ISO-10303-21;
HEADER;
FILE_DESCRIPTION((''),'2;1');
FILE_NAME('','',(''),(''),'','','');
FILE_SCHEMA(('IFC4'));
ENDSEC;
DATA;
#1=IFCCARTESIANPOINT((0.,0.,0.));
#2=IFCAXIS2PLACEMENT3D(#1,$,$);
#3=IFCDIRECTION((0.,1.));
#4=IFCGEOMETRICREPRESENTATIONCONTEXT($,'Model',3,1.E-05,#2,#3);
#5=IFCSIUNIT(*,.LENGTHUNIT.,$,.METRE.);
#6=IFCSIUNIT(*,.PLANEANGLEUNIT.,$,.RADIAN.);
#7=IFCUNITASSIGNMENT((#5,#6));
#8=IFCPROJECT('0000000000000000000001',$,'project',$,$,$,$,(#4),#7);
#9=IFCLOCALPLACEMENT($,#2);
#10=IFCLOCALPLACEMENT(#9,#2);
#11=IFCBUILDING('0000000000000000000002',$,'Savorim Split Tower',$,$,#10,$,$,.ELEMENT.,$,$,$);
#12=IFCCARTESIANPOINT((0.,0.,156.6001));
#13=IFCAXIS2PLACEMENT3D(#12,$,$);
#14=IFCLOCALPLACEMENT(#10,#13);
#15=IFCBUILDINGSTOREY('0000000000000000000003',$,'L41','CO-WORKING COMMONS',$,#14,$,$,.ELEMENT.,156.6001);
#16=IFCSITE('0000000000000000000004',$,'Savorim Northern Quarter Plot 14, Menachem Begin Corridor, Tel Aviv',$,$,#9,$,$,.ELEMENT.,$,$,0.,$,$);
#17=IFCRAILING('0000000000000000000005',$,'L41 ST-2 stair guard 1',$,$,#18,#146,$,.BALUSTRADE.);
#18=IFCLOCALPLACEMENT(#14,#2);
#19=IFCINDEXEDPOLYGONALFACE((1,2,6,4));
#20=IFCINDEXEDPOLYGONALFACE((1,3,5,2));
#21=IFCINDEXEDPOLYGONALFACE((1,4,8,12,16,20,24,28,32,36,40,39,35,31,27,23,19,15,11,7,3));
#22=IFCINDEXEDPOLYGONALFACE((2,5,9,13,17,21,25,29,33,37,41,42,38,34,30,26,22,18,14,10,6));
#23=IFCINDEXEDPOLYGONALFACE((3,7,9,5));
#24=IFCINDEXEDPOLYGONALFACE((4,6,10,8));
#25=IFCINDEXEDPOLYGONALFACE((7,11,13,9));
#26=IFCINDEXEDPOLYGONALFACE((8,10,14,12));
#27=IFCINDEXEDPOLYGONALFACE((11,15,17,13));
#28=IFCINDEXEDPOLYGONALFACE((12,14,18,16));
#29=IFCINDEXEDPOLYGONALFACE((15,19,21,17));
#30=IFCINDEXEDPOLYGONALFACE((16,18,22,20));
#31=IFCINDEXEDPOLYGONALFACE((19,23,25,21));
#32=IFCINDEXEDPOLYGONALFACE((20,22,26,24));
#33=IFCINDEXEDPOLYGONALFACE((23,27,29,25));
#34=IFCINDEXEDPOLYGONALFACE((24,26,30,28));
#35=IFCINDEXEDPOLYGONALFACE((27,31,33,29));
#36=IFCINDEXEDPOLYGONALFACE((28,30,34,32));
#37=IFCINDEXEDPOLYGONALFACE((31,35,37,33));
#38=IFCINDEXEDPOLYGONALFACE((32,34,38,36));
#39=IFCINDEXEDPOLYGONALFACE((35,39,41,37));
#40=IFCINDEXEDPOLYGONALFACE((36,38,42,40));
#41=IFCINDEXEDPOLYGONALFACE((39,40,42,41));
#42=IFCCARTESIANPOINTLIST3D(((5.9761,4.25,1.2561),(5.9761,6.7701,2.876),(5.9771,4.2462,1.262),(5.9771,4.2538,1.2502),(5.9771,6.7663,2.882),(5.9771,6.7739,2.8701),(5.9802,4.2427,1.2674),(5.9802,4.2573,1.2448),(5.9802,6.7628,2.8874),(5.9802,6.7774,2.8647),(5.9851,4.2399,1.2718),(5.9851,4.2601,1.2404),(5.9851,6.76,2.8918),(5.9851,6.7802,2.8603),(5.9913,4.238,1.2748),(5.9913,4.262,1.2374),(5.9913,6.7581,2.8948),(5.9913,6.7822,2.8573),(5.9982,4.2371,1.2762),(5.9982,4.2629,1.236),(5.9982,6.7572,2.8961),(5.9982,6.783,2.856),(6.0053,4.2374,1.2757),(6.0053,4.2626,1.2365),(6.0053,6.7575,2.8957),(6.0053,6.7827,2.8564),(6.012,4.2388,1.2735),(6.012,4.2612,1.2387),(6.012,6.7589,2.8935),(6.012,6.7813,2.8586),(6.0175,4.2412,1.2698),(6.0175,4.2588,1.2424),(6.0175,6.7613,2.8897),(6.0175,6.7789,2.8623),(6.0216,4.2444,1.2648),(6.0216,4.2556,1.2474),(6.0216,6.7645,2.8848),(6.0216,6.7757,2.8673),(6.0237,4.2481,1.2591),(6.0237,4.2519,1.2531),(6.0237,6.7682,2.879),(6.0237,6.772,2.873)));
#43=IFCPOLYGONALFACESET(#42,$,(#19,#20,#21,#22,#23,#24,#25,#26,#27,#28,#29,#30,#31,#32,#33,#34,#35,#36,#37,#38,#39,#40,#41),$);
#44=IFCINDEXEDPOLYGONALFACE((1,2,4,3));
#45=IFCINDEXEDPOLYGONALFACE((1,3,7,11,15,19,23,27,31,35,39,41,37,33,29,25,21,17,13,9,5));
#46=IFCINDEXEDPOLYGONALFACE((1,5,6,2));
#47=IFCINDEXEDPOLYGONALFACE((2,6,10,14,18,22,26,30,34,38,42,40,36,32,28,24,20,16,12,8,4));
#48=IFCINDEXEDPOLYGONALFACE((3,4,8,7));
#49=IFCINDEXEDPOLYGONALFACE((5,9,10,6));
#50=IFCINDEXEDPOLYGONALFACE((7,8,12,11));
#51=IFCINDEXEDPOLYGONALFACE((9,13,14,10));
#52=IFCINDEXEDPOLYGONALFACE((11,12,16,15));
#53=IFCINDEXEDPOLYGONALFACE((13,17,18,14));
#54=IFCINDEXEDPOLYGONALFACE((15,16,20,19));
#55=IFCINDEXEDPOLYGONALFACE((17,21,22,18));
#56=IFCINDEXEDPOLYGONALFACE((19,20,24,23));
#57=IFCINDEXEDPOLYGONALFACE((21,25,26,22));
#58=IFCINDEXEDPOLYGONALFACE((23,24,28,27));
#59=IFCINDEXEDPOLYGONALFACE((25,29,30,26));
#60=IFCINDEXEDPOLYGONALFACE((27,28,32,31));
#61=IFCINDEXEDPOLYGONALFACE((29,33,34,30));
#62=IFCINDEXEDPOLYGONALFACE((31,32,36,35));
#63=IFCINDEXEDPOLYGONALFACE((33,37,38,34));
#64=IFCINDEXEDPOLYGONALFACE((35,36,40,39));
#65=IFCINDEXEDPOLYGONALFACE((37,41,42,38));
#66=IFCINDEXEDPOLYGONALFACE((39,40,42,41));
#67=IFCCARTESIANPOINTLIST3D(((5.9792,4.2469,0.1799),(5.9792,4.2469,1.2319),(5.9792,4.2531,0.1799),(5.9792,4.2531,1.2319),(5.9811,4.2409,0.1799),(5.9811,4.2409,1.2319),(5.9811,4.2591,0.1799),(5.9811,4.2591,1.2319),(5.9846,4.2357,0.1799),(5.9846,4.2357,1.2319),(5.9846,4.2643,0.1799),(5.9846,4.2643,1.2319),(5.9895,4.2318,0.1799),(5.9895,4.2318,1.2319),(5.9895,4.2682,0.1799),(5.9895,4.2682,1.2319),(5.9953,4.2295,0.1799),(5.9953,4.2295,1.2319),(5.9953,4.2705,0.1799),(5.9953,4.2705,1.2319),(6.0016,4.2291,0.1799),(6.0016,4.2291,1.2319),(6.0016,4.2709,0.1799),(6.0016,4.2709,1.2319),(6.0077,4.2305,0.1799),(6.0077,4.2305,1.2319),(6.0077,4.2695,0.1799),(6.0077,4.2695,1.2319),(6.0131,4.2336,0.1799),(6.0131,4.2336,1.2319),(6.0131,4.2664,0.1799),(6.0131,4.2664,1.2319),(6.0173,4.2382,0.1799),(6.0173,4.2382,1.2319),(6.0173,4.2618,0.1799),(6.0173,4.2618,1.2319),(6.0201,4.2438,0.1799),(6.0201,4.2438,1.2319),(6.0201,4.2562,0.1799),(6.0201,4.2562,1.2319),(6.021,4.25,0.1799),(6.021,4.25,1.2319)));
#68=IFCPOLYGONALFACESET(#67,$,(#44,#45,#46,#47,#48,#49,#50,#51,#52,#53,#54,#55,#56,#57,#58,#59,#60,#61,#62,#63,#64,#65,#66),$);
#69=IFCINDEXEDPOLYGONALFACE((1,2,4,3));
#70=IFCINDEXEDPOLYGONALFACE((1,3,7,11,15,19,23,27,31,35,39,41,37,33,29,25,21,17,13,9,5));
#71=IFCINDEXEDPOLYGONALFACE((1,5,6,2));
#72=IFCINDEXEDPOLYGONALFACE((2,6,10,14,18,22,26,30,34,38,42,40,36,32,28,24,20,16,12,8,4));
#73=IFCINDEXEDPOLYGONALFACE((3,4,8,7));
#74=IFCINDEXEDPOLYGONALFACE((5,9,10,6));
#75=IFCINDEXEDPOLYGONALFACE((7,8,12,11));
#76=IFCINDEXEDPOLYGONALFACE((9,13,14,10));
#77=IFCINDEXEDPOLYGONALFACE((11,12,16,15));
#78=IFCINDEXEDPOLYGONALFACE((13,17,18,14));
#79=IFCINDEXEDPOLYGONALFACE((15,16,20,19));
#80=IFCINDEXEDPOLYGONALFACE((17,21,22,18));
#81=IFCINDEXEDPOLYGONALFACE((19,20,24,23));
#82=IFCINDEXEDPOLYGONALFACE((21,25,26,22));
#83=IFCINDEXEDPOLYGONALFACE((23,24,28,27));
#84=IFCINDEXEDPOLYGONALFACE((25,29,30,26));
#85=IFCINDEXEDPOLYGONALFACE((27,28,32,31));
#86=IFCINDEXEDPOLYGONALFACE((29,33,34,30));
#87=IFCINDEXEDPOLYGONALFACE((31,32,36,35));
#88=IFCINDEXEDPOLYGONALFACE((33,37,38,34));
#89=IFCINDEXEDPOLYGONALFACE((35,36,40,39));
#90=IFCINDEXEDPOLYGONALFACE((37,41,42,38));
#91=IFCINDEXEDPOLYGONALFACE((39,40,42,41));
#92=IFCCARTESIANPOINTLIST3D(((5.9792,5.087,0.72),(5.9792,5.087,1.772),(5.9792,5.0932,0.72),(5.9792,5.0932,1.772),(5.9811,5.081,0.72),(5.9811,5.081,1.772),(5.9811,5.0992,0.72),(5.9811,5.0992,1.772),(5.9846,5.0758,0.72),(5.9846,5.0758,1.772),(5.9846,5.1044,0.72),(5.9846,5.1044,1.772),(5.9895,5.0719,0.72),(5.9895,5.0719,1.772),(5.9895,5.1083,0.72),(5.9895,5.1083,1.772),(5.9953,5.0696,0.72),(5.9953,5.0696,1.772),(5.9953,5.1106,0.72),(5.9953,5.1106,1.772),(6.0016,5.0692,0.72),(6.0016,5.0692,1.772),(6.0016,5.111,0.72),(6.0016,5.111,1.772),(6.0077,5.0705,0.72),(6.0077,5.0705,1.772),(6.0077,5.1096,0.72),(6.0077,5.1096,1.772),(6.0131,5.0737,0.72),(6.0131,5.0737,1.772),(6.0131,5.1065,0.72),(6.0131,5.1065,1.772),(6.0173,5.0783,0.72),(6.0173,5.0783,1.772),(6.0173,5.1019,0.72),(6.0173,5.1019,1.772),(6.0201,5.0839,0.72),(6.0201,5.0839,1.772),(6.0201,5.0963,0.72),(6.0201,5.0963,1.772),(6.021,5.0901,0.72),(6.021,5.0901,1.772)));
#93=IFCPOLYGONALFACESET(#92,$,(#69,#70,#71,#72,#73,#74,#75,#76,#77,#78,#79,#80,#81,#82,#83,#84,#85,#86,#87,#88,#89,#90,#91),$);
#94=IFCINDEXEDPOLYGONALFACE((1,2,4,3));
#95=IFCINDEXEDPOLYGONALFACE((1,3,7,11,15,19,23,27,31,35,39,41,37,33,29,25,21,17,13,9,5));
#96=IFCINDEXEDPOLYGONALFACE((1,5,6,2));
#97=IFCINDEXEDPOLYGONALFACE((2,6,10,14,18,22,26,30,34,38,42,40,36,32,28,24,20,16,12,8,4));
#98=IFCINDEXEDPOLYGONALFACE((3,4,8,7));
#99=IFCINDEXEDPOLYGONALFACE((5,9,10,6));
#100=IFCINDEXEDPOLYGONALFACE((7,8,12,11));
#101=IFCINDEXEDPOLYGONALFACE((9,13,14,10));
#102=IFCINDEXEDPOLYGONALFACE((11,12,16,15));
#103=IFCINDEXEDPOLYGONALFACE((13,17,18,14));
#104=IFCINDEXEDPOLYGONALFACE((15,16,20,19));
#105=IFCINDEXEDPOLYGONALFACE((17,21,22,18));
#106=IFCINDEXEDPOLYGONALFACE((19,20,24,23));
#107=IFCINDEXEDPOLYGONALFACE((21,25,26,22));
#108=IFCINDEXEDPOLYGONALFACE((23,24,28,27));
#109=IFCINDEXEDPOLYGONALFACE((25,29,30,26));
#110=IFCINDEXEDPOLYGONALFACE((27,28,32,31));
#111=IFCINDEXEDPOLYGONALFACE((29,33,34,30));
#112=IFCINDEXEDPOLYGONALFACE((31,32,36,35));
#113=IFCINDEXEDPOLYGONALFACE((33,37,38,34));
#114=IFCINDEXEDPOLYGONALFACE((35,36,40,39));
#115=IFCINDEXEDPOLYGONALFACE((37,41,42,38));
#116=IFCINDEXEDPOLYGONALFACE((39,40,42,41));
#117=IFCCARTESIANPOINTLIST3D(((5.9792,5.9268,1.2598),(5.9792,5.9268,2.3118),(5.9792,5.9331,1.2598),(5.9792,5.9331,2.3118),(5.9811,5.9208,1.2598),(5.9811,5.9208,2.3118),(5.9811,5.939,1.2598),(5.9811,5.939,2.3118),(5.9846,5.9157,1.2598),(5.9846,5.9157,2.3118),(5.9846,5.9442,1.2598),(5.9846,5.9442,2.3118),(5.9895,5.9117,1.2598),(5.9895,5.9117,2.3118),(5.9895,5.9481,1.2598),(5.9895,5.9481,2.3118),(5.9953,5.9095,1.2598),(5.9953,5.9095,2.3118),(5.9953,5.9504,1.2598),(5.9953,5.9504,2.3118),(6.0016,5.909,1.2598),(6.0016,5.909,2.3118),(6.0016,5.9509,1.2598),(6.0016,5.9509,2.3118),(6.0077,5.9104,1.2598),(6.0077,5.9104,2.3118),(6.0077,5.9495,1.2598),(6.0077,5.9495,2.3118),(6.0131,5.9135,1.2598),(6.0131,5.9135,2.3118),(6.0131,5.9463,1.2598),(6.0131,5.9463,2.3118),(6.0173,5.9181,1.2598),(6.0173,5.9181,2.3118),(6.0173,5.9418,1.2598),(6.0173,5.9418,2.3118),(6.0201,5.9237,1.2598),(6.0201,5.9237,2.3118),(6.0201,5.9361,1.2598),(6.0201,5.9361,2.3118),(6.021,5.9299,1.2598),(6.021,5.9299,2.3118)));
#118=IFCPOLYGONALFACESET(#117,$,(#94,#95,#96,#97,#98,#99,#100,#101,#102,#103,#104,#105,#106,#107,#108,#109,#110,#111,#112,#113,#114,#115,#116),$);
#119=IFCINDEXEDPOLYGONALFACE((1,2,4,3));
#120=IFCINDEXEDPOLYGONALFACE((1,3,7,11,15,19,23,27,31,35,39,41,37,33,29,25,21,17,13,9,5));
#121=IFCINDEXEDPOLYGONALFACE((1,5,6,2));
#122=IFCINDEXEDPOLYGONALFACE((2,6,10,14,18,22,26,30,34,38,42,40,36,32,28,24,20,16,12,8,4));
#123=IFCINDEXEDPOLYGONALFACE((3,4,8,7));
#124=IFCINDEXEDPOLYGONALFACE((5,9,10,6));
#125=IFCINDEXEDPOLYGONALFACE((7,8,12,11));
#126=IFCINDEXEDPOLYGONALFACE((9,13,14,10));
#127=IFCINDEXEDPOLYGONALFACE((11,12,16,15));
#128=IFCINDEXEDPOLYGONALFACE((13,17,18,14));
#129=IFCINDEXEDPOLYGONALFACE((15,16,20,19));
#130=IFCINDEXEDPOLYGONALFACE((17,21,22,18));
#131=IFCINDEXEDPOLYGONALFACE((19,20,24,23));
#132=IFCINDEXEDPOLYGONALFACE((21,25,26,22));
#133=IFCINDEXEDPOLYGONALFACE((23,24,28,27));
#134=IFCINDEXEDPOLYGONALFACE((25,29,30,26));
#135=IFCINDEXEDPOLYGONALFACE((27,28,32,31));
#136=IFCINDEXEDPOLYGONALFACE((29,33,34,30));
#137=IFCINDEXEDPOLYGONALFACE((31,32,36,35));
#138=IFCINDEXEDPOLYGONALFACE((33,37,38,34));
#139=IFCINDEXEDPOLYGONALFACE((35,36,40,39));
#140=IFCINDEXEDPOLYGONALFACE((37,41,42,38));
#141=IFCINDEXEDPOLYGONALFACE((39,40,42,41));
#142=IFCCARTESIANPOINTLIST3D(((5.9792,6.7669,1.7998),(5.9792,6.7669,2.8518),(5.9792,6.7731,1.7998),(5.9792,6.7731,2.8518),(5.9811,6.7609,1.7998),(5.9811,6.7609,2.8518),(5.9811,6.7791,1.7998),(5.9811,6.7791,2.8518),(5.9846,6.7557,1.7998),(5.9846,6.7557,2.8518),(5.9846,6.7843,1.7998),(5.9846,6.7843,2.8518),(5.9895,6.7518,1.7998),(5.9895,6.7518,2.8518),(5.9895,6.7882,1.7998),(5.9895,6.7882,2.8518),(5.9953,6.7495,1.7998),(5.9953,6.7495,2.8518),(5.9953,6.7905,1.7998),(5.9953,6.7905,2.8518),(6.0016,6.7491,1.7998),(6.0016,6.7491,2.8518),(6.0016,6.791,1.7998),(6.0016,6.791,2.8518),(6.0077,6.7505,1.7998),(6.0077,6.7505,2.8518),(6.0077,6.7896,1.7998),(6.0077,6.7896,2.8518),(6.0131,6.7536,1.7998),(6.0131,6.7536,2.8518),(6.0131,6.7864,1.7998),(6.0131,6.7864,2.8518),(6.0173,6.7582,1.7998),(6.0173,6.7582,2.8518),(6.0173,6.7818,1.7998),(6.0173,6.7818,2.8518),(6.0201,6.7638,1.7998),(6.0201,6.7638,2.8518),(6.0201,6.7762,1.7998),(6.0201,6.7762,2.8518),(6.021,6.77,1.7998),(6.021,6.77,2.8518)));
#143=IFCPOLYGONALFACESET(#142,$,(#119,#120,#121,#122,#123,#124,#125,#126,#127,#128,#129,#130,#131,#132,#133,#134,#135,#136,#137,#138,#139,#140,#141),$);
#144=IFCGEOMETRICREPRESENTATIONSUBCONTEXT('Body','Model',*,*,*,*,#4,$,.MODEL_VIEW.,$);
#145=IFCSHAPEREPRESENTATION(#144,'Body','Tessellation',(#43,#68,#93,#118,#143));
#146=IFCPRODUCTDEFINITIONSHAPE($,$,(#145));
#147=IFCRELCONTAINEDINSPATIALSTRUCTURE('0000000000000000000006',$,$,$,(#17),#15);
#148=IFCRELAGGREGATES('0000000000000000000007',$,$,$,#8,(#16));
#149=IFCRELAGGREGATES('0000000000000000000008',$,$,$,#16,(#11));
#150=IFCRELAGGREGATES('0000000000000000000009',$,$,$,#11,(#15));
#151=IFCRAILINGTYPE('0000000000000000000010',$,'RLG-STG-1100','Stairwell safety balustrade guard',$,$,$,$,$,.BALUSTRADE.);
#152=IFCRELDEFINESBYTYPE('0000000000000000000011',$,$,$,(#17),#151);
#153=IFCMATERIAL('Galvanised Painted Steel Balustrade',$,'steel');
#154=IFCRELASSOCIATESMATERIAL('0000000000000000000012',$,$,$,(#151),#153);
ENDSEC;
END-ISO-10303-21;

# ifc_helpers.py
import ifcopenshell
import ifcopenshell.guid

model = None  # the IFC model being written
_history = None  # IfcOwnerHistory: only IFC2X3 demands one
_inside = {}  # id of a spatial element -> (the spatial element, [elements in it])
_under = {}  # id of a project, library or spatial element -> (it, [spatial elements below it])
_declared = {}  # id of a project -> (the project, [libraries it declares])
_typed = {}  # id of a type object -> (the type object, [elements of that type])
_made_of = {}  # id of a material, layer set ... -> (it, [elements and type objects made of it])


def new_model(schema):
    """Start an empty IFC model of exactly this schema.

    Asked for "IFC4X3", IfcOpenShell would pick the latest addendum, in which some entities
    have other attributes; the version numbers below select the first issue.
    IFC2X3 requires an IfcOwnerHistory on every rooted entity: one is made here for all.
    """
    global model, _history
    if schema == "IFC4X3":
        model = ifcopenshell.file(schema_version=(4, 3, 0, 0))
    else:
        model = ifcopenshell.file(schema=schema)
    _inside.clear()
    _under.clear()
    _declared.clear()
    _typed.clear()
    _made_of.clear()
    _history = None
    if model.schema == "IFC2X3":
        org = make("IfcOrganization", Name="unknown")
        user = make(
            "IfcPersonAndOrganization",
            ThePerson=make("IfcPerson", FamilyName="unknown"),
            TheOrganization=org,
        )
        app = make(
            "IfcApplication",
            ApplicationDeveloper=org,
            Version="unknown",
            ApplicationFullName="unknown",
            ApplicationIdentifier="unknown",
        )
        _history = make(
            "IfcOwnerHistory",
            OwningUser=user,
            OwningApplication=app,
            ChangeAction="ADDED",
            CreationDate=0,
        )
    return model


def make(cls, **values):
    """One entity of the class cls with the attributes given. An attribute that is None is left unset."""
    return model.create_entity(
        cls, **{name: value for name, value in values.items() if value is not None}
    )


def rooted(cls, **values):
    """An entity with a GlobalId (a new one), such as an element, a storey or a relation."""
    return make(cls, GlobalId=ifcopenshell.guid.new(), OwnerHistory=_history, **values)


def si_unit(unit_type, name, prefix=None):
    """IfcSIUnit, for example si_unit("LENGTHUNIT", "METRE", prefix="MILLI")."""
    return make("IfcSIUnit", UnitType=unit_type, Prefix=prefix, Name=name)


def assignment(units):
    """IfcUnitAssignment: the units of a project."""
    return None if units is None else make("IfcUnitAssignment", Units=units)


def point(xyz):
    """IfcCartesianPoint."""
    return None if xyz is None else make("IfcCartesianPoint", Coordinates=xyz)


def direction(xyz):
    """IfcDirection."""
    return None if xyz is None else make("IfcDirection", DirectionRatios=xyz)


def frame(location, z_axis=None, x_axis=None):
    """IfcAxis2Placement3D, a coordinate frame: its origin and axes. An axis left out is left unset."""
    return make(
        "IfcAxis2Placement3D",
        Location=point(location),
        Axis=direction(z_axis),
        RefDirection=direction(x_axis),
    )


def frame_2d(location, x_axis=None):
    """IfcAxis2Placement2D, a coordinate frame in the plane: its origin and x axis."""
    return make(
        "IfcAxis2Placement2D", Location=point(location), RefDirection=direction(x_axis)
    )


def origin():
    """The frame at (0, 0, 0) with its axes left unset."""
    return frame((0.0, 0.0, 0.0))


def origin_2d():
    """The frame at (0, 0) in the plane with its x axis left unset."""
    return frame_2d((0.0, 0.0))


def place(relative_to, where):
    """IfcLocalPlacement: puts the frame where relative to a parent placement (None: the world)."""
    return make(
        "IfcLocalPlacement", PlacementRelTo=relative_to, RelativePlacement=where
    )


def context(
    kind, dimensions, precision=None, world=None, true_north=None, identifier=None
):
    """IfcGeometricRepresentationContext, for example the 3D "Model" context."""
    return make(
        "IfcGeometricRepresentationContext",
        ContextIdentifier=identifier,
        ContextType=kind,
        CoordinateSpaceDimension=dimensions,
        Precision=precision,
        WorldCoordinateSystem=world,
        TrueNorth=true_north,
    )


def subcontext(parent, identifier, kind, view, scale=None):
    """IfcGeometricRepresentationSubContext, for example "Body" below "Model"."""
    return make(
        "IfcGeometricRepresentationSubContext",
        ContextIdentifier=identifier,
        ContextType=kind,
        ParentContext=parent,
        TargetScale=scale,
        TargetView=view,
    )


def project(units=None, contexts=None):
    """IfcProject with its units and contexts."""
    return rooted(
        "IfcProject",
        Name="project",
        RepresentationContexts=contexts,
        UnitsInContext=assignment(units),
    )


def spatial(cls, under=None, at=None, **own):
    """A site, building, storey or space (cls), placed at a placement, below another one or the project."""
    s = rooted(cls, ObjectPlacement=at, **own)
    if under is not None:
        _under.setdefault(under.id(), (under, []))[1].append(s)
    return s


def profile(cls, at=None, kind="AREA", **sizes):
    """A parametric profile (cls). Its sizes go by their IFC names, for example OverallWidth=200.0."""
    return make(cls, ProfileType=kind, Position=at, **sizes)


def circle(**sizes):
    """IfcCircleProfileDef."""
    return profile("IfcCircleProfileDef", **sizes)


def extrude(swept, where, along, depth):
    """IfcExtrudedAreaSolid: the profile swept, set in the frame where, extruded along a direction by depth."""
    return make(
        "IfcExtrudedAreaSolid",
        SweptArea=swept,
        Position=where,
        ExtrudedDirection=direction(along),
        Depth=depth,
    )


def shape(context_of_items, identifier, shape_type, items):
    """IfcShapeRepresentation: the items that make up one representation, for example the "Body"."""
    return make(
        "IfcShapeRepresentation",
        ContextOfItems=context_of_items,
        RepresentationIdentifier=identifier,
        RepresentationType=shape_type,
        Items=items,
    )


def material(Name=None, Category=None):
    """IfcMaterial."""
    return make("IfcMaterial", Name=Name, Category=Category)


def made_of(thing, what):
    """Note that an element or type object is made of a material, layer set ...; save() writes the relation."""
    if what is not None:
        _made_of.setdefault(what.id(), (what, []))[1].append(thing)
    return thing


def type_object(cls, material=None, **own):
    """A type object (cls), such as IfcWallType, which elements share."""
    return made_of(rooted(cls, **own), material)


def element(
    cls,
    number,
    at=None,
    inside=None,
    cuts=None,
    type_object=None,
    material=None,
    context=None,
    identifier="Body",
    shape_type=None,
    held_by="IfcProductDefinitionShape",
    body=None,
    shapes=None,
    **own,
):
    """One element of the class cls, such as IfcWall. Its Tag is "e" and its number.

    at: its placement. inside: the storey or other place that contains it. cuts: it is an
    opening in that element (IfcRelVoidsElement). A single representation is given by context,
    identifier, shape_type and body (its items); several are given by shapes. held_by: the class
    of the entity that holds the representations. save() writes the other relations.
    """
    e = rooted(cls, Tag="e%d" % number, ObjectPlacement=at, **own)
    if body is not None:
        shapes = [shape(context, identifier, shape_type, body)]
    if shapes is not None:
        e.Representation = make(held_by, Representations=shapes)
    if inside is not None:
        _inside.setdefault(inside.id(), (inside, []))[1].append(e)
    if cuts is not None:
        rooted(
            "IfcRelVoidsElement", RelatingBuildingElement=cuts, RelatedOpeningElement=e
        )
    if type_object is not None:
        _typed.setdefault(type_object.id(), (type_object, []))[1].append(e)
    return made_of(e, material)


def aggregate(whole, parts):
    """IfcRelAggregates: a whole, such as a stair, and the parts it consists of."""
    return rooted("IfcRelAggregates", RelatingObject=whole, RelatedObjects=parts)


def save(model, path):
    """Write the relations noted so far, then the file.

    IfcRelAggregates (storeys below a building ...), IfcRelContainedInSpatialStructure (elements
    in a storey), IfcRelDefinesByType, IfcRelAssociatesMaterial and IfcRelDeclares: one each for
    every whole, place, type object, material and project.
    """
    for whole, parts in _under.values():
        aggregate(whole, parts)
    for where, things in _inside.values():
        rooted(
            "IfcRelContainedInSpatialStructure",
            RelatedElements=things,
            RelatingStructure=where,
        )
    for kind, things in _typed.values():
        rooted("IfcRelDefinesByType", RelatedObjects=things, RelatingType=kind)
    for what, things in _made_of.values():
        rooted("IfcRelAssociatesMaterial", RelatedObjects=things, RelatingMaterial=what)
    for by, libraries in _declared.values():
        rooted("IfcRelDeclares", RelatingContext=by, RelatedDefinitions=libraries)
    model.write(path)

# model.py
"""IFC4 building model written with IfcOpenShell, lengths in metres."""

from ifc_helpers import new_model, si_unit, direction, frame, origin, origin_2d, place, context, subcontext, project, spatial, circle, extrude, material, type_object, element, save


model = new_model("IFC4")

# Units and contexts
model_context = context("Model", 3, precision=1e-05, world=origin(), true_north=direction((0.0, 1.0)))
body_context = subcontext(model_context, "Body", "Model", "MODEL_VIEW")
ifc_project = project(units=[si_unit("LENGTHUNIT", "METRE"), si_unit("PLANEANGLEUNIT", "RADIAN")], contexts=[model_context])

# Site, building, storey
site_placement = place(None, origin())
site = spatial("IfcSite", under=ifc_project, at=site_placement, Name="Savorim Northern Quarter Plot 14, Menachem Begin Corridor, Tel Aviv", CompositionType="ELEMENT", RefElevation=0.0)
building_placement = place(site_placement, origin())
building = spatial("IfcBuilding", under=site, at=building_placement, Name="Savorim Split Tower", CompositionType="ELEMENT")
storey_placement = place(building_placement, frame((0.0, 0.0, 156.6001)))
storey = spatial("IfcBuildingStorey", under=building, at=storey_placement, Name="L41", Description="CO-WORKING COMMONS", CompositionType="ELEMENT", Elevation=156.6001)

# Railing
ifc_material_1 = material(Name="Galvanised Painted Steel Balustrade", Category="steel")
railing_type_1 = type_object("IfcRailingType", Name="RLG-STG-1100", Description="Stairwell safety balustrade guard", PredefinedType="BALUSTRADE", material=ifc_material_1)
railing_1_placement = place(storey_placement, frame((6.0, 4.25, 0.1799)))
element("IfcRailing", 1, at=railing_1_placement, inside=storey, type_object=railing_type_1, Name="L41 ST-2 stair guard 1", PredefinedType="BALUSTRADE", context=body_context, shape_type="SweptSolid", body=[
    extrude(circle(Radius=0.0239, at=origin_2d()), frame((0.0, 0.0, 1.0762), z_axis=(0.0, 0.8412, 0.540725), x_axis=(-1.0, 0.0, 0.0)), (0.0, 0.0, 1.0), 2.9958),
    extrude(circle(Radius=0.021, at=origin_2d()), origin(), (0.0, 0.0, 1.0), 1.052),
    extrude(circle(Radius=0.021, at=origin_2d()), frame((0.0, 0.8401, 0.54)), (0.0, 0.0, 1.0), 1.052),
    extrude(circle(Radius=0.021, at=origin_2d()), frame((0.0, 1.6799, 1.0798)), (0.0, 0.0, 1.0), 1.052),
    extrude(circle(Radius=0.021, at=origin_2d()), frame((0.0, 2.52, 1.6199)), (0.0, 0.0, 1.0), 1.052),
])

save(model, "model.ifc")
